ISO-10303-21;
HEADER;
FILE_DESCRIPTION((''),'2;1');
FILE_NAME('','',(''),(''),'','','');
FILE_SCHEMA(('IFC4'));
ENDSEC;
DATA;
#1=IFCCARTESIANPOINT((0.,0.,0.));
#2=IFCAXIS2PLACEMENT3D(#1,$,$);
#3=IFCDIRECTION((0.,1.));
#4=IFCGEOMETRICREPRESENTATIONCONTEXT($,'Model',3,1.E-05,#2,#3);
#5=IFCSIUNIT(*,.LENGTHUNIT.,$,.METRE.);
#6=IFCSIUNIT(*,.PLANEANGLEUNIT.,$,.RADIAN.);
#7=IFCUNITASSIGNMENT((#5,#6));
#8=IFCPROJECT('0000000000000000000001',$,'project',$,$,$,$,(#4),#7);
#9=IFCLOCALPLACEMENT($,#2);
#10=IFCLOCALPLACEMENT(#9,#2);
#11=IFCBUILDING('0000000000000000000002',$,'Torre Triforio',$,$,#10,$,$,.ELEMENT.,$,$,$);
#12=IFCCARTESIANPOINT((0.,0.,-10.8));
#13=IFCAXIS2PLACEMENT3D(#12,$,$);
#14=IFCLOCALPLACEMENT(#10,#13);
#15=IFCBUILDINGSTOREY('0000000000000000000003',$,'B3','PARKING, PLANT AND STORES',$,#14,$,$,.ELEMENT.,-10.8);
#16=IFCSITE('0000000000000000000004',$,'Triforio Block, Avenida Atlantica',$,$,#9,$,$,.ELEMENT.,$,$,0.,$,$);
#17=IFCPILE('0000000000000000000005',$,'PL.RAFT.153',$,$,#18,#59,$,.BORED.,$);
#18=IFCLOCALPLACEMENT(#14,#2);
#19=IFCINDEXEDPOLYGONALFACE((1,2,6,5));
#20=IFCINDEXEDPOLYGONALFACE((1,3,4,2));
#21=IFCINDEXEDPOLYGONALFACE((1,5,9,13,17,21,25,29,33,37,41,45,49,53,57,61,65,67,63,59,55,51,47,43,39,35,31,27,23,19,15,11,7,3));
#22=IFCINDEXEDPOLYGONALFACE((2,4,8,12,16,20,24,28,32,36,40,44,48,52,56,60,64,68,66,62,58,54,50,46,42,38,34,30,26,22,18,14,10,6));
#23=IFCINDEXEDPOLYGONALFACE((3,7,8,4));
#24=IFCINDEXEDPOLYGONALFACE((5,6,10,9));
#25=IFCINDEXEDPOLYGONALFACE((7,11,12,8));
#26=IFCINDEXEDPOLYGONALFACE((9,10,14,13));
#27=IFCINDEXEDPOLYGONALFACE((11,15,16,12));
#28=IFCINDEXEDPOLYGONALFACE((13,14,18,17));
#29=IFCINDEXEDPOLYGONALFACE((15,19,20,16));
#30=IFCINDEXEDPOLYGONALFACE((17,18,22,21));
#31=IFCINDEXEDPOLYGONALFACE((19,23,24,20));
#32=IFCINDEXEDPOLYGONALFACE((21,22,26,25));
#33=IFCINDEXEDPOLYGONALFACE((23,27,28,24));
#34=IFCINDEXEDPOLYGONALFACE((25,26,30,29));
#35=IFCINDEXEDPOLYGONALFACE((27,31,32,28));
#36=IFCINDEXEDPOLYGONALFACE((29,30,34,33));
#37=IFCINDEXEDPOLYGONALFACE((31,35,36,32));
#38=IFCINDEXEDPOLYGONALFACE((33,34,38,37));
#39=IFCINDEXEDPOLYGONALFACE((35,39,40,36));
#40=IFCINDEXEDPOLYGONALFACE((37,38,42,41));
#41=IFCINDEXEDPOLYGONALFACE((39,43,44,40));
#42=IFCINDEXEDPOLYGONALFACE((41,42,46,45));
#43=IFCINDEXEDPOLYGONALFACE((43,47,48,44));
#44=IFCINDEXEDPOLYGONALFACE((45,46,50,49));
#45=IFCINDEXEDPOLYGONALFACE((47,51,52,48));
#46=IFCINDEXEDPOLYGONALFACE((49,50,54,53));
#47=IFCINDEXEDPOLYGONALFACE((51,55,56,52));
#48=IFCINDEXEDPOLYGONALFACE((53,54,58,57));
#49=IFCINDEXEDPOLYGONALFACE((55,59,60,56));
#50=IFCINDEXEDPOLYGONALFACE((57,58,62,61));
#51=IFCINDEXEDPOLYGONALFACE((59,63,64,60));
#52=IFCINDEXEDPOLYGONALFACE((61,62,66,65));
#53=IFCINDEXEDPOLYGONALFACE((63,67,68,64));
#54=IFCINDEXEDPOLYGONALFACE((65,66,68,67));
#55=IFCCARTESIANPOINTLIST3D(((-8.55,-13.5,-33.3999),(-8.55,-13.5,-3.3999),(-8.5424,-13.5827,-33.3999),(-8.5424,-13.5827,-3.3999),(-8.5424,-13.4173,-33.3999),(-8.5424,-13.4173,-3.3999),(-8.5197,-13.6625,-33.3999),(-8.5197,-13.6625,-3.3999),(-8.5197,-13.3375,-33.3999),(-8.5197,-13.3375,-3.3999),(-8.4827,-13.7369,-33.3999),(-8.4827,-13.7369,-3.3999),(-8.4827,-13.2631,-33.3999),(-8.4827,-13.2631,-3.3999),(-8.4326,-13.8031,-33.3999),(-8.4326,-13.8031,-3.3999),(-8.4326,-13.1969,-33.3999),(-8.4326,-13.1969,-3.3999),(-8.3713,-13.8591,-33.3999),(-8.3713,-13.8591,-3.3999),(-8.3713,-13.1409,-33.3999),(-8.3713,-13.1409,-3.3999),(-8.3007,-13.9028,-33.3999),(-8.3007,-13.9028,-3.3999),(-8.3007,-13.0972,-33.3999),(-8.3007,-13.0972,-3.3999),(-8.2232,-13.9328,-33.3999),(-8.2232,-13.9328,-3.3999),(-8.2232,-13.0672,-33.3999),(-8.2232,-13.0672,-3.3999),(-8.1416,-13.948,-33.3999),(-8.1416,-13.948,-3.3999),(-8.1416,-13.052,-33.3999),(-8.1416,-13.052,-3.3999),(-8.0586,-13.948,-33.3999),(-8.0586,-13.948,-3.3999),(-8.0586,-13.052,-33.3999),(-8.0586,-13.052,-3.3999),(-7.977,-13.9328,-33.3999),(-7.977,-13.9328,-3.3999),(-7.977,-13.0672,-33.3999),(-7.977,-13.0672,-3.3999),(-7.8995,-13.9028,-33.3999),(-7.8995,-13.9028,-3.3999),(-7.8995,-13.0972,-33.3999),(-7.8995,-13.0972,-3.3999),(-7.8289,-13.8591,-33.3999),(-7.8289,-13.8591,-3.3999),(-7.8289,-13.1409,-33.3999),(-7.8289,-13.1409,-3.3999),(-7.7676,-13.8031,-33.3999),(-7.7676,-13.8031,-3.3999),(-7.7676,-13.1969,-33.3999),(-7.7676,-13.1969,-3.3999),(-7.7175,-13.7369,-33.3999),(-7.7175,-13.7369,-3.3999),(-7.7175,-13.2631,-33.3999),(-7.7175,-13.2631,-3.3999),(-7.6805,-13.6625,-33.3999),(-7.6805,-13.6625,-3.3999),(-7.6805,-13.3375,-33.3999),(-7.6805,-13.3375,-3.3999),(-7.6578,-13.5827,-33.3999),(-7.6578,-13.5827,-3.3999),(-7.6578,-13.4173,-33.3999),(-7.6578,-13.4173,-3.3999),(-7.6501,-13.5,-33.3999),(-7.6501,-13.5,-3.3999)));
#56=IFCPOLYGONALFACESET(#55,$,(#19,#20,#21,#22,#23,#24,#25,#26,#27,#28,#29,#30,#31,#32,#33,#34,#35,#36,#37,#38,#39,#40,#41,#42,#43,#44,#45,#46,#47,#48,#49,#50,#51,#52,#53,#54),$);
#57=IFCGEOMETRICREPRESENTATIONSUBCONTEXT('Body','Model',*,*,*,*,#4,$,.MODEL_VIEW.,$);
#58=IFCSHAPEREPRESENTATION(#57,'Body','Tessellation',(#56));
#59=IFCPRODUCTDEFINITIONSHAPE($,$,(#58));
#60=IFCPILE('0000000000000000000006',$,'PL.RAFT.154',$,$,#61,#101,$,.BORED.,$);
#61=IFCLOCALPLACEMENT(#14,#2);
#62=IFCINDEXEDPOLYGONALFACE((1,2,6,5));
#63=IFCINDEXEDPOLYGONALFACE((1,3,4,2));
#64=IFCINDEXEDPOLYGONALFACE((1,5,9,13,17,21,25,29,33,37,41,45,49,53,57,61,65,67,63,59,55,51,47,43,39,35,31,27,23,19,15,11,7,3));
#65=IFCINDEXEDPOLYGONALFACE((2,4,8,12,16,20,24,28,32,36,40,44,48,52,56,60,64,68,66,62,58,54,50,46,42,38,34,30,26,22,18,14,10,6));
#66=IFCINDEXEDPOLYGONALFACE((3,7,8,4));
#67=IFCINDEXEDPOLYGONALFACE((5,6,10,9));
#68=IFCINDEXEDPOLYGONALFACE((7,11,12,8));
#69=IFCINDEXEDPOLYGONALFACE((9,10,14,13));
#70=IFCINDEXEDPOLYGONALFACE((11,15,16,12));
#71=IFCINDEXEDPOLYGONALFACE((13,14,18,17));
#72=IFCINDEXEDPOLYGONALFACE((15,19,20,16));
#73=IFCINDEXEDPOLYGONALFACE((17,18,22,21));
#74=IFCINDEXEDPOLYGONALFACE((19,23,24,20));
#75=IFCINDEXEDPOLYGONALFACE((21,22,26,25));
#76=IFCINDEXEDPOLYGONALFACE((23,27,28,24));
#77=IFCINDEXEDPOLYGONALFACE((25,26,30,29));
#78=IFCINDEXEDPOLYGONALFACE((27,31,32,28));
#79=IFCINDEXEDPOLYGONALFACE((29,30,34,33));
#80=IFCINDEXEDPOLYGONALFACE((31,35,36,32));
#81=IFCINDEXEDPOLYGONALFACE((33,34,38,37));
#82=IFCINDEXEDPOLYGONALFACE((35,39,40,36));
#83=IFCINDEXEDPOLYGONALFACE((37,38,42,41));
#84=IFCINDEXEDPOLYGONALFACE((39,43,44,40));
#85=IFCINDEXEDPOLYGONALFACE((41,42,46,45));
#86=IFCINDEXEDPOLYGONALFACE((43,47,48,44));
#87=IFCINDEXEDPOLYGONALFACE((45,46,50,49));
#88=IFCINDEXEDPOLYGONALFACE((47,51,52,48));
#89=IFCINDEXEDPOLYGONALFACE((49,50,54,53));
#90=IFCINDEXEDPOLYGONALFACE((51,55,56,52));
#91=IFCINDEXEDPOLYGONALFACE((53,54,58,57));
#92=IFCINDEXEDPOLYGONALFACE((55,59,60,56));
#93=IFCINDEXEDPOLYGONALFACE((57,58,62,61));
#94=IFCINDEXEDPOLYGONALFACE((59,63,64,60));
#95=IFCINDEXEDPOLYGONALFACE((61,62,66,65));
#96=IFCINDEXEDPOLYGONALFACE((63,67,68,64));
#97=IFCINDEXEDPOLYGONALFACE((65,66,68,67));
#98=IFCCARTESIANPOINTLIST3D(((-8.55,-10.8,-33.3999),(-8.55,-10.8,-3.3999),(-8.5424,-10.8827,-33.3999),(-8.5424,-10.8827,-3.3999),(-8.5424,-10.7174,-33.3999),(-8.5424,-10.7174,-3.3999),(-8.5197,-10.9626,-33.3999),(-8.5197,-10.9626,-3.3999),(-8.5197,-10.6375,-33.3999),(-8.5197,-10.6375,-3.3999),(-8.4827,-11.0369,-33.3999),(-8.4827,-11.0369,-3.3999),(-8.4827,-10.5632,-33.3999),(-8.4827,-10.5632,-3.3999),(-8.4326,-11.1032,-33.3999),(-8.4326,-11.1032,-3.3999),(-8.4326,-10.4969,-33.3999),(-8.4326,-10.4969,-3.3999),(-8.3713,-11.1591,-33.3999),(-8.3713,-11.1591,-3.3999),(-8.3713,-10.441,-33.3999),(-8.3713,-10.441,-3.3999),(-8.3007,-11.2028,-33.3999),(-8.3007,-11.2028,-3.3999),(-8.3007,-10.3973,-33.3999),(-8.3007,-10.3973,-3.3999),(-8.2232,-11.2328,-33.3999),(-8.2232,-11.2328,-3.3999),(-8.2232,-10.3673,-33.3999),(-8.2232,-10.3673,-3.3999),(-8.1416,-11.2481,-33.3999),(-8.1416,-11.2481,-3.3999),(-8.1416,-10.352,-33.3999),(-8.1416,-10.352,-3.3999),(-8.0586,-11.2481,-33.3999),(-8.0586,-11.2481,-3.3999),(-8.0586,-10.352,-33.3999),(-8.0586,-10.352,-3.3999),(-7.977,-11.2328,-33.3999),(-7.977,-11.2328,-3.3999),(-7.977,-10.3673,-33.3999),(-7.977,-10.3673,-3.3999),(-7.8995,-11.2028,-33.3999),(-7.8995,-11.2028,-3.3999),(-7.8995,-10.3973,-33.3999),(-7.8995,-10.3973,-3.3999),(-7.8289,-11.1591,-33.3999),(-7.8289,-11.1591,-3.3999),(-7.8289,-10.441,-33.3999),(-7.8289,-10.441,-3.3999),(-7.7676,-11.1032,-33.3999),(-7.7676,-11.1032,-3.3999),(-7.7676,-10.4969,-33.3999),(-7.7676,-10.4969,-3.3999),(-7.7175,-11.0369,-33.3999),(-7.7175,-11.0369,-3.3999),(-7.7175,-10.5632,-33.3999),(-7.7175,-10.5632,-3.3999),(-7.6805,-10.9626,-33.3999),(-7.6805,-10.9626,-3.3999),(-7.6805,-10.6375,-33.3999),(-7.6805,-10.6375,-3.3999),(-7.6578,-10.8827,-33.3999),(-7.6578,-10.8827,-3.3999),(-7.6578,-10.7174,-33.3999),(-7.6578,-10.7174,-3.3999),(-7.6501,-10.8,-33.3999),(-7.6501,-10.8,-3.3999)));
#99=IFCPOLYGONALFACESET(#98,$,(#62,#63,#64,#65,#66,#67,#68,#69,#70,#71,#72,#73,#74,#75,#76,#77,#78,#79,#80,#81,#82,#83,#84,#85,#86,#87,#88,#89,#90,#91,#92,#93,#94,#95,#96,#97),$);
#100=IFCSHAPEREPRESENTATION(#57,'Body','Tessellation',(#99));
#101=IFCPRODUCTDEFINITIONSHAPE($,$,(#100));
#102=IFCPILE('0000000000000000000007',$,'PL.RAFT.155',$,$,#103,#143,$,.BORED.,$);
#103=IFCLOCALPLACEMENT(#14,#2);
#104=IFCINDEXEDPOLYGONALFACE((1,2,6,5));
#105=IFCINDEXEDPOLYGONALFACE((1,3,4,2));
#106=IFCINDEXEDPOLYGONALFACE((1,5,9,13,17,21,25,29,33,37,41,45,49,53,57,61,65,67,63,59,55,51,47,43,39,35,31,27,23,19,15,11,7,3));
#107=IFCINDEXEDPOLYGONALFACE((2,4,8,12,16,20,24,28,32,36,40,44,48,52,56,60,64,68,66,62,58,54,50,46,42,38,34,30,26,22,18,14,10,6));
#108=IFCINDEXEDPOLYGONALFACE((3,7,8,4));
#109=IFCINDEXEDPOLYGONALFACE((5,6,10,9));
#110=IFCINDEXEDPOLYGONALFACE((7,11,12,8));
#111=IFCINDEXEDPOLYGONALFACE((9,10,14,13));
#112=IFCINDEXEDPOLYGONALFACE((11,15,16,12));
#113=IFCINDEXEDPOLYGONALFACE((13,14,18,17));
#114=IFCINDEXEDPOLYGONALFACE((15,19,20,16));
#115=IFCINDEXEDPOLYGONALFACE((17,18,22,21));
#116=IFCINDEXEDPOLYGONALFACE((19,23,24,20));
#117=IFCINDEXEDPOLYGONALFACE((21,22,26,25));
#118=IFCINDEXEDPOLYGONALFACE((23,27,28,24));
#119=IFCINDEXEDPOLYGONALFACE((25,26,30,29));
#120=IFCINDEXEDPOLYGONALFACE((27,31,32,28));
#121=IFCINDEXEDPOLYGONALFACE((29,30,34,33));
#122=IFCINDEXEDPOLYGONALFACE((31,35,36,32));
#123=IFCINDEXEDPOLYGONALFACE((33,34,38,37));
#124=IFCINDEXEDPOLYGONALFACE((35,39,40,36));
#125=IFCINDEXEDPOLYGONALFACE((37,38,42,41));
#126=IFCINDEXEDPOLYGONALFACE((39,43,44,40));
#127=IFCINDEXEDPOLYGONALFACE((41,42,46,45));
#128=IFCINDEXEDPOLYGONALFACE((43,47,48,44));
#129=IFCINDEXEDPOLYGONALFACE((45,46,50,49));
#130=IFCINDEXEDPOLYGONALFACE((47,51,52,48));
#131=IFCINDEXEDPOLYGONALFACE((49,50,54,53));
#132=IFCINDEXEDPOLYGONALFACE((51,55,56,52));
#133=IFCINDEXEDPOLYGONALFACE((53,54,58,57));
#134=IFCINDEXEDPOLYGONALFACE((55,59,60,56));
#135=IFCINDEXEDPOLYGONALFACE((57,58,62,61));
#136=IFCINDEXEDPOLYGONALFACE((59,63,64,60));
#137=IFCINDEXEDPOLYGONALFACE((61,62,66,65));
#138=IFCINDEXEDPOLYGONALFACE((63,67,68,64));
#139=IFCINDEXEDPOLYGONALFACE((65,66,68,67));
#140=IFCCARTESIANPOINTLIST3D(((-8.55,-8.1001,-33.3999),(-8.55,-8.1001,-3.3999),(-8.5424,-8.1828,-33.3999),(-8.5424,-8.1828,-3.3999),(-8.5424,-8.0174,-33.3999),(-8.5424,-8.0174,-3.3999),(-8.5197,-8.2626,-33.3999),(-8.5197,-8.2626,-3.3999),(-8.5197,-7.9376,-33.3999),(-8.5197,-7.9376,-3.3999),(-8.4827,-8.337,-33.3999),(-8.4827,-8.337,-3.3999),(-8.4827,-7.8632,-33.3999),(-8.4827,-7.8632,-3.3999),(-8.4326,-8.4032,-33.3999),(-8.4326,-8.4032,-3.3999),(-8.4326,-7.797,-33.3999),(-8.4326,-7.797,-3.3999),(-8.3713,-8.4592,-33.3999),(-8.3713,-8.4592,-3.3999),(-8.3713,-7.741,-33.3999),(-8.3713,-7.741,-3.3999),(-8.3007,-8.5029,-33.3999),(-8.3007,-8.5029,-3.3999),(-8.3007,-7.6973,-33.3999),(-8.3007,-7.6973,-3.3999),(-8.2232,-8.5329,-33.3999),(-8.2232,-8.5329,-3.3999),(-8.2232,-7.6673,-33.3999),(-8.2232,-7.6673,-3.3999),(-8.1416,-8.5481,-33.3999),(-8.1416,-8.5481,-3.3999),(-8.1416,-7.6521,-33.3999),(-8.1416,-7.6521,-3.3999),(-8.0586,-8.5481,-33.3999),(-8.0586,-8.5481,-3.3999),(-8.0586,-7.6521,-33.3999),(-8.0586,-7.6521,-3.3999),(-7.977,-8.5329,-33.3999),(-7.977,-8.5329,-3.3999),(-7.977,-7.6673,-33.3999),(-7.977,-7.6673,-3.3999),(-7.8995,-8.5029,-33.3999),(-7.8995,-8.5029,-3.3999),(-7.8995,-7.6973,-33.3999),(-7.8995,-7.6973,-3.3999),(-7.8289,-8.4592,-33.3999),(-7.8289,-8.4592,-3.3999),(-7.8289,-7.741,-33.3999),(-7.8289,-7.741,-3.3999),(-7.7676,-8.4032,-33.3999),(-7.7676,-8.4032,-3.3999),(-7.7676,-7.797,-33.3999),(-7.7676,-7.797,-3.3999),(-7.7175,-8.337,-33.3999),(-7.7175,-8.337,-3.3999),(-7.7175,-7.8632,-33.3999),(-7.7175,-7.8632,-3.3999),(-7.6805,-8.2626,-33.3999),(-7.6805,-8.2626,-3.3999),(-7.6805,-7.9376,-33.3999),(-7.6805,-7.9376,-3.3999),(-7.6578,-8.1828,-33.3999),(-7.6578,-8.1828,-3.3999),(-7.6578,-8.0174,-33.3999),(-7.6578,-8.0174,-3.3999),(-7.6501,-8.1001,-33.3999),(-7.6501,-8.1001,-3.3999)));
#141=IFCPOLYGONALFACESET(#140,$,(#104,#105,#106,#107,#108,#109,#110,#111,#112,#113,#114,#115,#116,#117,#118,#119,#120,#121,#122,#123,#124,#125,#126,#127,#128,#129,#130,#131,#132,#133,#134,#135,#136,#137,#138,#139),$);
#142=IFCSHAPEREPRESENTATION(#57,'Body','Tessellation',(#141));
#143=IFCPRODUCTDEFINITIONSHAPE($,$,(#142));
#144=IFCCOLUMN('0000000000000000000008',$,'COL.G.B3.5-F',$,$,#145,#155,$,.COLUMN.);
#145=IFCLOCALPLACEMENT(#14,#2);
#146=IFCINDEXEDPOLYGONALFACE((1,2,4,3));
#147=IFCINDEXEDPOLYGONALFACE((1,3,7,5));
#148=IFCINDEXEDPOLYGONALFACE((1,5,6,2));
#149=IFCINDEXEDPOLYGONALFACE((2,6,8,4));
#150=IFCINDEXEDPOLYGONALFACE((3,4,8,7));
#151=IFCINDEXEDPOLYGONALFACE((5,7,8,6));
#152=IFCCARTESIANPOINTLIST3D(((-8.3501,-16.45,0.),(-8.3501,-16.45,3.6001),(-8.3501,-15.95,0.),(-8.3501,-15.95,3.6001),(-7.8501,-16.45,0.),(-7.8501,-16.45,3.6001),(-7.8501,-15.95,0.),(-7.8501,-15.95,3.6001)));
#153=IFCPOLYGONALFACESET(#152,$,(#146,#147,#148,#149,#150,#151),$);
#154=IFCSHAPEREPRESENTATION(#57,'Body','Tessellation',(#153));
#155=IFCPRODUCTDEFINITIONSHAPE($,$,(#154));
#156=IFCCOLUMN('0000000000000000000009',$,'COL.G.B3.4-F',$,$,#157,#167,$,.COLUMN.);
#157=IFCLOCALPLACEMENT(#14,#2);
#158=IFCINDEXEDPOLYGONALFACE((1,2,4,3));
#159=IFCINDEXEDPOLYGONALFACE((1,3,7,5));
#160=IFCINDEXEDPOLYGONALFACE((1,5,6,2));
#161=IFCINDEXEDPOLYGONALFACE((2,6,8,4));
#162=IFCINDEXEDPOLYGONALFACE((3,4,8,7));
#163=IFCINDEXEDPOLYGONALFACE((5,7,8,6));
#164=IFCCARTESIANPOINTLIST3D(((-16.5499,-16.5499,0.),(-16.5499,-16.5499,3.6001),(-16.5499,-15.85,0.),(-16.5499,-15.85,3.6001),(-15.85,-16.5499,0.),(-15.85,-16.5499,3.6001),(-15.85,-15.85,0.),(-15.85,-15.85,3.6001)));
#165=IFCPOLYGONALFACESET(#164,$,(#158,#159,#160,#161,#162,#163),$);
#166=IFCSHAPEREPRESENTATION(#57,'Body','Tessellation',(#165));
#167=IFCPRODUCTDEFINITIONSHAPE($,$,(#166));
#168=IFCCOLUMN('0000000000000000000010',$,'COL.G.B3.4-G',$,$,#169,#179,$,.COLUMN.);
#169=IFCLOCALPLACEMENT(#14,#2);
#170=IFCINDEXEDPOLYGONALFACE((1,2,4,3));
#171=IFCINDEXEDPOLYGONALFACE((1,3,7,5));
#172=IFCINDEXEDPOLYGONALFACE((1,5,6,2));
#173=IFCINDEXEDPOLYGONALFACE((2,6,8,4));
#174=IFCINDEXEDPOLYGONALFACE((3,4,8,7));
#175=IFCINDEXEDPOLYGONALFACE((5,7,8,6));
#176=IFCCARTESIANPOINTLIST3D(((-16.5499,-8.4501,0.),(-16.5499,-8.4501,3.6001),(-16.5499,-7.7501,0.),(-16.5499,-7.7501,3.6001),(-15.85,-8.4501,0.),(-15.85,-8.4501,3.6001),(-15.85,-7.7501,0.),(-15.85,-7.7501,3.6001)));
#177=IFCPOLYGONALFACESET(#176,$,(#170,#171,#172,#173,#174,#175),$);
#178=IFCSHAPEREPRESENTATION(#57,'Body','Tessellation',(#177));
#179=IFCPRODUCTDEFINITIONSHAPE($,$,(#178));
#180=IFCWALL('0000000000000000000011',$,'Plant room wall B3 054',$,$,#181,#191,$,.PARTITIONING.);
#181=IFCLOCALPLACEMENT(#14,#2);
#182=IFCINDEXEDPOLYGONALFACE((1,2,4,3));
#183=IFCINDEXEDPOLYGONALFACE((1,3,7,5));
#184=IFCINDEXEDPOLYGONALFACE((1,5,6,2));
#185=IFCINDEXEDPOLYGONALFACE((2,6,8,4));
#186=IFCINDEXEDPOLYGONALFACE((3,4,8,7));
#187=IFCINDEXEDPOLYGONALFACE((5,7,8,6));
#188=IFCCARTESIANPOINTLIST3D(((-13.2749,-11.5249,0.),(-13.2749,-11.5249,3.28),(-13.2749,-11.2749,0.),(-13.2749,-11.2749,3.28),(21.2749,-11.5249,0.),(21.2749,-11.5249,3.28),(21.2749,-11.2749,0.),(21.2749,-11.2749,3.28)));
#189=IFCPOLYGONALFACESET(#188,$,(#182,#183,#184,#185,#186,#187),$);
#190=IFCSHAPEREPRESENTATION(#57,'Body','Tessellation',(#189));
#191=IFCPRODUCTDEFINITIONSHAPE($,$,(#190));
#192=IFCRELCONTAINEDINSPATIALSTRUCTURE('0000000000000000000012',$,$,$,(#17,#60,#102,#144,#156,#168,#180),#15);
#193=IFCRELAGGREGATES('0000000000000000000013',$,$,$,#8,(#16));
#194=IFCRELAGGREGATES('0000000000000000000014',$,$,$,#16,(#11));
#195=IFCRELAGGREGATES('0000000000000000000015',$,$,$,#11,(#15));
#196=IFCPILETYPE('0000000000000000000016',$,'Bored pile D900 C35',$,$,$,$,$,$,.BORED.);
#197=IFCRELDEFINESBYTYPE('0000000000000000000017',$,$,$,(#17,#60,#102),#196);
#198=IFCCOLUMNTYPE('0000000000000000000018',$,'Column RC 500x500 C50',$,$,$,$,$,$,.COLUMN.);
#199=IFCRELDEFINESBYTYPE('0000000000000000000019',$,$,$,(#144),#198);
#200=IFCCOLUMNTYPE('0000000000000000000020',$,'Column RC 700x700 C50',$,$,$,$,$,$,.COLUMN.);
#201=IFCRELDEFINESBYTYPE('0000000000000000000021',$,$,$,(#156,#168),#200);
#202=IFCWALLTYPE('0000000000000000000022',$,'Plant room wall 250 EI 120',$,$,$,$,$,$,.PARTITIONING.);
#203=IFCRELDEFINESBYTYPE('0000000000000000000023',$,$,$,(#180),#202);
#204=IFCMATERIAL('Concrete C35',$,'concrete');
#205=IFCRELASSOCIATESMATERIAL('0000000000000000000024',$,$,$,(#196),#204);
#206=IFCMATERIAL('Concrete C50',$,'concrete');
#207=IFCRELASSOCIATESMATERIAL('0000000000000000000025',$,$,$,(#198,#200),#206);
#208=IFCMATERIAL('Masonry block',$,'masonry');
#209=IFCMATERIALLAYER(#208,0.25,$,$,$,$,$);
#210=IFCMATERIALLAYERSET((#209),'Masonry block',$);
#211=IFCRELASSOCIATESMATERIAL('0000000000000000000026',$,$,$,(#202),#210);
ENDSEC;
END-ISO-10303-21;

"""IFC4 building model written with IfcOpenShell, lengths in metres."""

from ifc_helpers import new_model, si_unit, direction, frame, frame_2d, origin, origin_2d, place, context, subcontext, project, spatial, rectangle, circle, extrude, material, layer, layer_set, material_profile, profile_set, type_object, element, save


model = new_model("IFC4")

# Units and contexts
model_context = context("Model", 3, precision=1e-05, world=origin(), true_north=direction((0.0, 1.0)))
body_context = subcontext(model_context, "Body", "Model", "MODEL_VIEW")
ifc_project = project(units=[si_unit("LENGTHUNIT", "METRE"), si_unit("PLANEANGLEUNIT", "RADIAN")], contexts=[model_context])

# Site, building, storey
site_placement = place(None, origin())
site = spatial("IfcSite", under=ifc_project, at=site_placement, Name="Triforio Block, Avenida Atlantica", CompositionType="ELEMENT", RefElevation=0.0)
building_placement = place(site_placement, origin())
building = spatial("IfcBuilding", under=site, at=building_placement, Name="Torre Triforio", CompositionType="ELEMENT")
storey_placement = place(building_placement, frame((0.0, 0.0, -10.8)))
storey = spatial("IfcBuildingStorey", under=building, at=storey_placement, Name="B3", Description="PARKING, PLANT AND STORES", CompositionType="ELEMENT", Elevation=-10.8)

# Piles
ifc_material_1 = material(Name="Concrete C35", Category="concrete")
ifc_material_profile_1 = material_profile(ifc_material_1, circle(Radius=0.45, at=origin_2d()), Name="RC D900")
ifc_profile_set_1 = profile_set([ifc_material_profile_1], Name="Concrete C35")
pile_type = type_object("IfcPileType", Name="Bored pile D900 C35", PredefinedType="BORED", material=ifc_profile_set_1)
for number, where, z_axis, x_axis, name in (
    (1, (-8.1001, -13.5, -3.3999), (0.0, 0.0, -1.0), (1.0, 0.0, 0.0), "PL.RAFT.153"),
    (2, (-8.1001, -10.8, -3.3999), (0.0, 0.0, -1.0), (1.0, 0.0, 0.0), "PL.RAFT.154"),
    (3, (-8.1001, -8.1001, -3.3999), (0.0, 0.0, -1.0), (1.0, 0.0, 0.0), "PL.RAFT.155"),
):
    element("IfcPile", number, at=place(storey_placement, frame(where, z_axis=z_axis, x_axis=x_axis)), inside=storey, type_object=pile_type, Name=name, PredefinedType="BORED", context=body_context, shape_type="SweptSolid", body=[
        extrude(circle(Radius=0.45, at=origin_2d()), origin(), (0.0, 0.0, 1.0), 30.0),
    ])

# Columns
ifc_material_2 = material(Name="Concrete C50", Category="concrete")
ifc_material_profile_2 = material_profile(ifc_material_2, rectangle(XDim=0.5, YDim=0.5, at=origin_2d()), Name="RC 500x500")
ifc_profile_set_2 = profile_set([ifc_material_profile_2], Name="Concrete C50")
column_type_1 = type_object("IfcColumnType", Name="Column RC 500x500 C50", PredefinedType="COLUMN", material=ifc_profile_set_2)
column_placement = place(storey_placement, frame((-8.1001, -16.2, 0.0), z_axis=(0.0, 0.0, 1.0), x_axis=(1.0, 0.0, 0.0)))
element("IfcColumn", 4, at=column_placement, inside=storey, type_object=column_type_1, Name="COL.G.B3.5-F", PredefinedType="COLUMN", context=body_context, shape_type="SweptSolid", body=[
    extrude(rectangle(XDim=0.5, YDim=0.5, at=origin_2d()), origin(), (0.0, 0.0, 1.0), 3.6001),
])
ifc_material_profile_3 = material_profile(ifc_material_2, rectangle(XDim=0.7, YDim=0.7, at=origin_2d()), Name="RC 700x700")
ifc_profile_set_3 = profile_set([ifc_material_profile_3], Name="Concrete C50")
column_type_2 = type_object("IfcColumnType", Name="Column RC 700x700 C50", PredefinedType="COLUMN", material=ifc_profile_set_3)
for number, where, z_axis, x_axis, name in (
    (5, (-16.2, -16.2, 0.0), (0.0, 0.0, 1.0), (1.0, 0.0, 0.0), "COL.G.B3.4-F"),
    (6, (-16.2, -8.1001, 0.0), (0.0, 0.0, 1.0), (1.0, 0.0, 0.0), "COL.G.B3.4-G"),
):
    element("IfcColumn", number, at=place(storey_placement, frame(where, z_axis=z_axis, x_axis=x_axis)), inside=storey, type_object=column_type_2, Name=name, PredefinedType="COLUMN", context=body_context, shape_type="SweptSolid", body=[
        extrude(rectangle(XDim=0.7, YDim=0.7, at=origin_2d()), origin(), (0.0, 0.0, 1.0), 3.6001),
    ])

# Wall
ifc_material_3 = material(Name="Masonry block", Category="masonry")
ifc_layer = layer(ifc_material_3, 0.25)
ifc_layer_set = layer_set([ifc_layer], Name="Masonry block")
wall_type = type_object("IfcWallType", Name="Plant room wall 250 EI 120", PredefinedType="PARTITIONING", material=ifc_layer_set)
wall_placement = place(storey_placement, frame((-13.2749, -11.3999, 0.0), z_axis=(0.0, 0.0, 1.0), x_axis=(1.0, 0.0, 0.0)))
element("IfcWall", 7, at=wall_placement, inside=storey, type_object=wall_type, Name="Plant room wall B3 054", PredefinedType="PARTITIONING", context=body_context, shape_type="SweptSolid", body=[
    extrude(rectangle(XDim=34.5498, YDim=0.25, at=frame_2d((17.2749, 0.0))), origin(), (0.0, 0.0, 1.0), 3.28),
])

save(model, "model.ifc")
